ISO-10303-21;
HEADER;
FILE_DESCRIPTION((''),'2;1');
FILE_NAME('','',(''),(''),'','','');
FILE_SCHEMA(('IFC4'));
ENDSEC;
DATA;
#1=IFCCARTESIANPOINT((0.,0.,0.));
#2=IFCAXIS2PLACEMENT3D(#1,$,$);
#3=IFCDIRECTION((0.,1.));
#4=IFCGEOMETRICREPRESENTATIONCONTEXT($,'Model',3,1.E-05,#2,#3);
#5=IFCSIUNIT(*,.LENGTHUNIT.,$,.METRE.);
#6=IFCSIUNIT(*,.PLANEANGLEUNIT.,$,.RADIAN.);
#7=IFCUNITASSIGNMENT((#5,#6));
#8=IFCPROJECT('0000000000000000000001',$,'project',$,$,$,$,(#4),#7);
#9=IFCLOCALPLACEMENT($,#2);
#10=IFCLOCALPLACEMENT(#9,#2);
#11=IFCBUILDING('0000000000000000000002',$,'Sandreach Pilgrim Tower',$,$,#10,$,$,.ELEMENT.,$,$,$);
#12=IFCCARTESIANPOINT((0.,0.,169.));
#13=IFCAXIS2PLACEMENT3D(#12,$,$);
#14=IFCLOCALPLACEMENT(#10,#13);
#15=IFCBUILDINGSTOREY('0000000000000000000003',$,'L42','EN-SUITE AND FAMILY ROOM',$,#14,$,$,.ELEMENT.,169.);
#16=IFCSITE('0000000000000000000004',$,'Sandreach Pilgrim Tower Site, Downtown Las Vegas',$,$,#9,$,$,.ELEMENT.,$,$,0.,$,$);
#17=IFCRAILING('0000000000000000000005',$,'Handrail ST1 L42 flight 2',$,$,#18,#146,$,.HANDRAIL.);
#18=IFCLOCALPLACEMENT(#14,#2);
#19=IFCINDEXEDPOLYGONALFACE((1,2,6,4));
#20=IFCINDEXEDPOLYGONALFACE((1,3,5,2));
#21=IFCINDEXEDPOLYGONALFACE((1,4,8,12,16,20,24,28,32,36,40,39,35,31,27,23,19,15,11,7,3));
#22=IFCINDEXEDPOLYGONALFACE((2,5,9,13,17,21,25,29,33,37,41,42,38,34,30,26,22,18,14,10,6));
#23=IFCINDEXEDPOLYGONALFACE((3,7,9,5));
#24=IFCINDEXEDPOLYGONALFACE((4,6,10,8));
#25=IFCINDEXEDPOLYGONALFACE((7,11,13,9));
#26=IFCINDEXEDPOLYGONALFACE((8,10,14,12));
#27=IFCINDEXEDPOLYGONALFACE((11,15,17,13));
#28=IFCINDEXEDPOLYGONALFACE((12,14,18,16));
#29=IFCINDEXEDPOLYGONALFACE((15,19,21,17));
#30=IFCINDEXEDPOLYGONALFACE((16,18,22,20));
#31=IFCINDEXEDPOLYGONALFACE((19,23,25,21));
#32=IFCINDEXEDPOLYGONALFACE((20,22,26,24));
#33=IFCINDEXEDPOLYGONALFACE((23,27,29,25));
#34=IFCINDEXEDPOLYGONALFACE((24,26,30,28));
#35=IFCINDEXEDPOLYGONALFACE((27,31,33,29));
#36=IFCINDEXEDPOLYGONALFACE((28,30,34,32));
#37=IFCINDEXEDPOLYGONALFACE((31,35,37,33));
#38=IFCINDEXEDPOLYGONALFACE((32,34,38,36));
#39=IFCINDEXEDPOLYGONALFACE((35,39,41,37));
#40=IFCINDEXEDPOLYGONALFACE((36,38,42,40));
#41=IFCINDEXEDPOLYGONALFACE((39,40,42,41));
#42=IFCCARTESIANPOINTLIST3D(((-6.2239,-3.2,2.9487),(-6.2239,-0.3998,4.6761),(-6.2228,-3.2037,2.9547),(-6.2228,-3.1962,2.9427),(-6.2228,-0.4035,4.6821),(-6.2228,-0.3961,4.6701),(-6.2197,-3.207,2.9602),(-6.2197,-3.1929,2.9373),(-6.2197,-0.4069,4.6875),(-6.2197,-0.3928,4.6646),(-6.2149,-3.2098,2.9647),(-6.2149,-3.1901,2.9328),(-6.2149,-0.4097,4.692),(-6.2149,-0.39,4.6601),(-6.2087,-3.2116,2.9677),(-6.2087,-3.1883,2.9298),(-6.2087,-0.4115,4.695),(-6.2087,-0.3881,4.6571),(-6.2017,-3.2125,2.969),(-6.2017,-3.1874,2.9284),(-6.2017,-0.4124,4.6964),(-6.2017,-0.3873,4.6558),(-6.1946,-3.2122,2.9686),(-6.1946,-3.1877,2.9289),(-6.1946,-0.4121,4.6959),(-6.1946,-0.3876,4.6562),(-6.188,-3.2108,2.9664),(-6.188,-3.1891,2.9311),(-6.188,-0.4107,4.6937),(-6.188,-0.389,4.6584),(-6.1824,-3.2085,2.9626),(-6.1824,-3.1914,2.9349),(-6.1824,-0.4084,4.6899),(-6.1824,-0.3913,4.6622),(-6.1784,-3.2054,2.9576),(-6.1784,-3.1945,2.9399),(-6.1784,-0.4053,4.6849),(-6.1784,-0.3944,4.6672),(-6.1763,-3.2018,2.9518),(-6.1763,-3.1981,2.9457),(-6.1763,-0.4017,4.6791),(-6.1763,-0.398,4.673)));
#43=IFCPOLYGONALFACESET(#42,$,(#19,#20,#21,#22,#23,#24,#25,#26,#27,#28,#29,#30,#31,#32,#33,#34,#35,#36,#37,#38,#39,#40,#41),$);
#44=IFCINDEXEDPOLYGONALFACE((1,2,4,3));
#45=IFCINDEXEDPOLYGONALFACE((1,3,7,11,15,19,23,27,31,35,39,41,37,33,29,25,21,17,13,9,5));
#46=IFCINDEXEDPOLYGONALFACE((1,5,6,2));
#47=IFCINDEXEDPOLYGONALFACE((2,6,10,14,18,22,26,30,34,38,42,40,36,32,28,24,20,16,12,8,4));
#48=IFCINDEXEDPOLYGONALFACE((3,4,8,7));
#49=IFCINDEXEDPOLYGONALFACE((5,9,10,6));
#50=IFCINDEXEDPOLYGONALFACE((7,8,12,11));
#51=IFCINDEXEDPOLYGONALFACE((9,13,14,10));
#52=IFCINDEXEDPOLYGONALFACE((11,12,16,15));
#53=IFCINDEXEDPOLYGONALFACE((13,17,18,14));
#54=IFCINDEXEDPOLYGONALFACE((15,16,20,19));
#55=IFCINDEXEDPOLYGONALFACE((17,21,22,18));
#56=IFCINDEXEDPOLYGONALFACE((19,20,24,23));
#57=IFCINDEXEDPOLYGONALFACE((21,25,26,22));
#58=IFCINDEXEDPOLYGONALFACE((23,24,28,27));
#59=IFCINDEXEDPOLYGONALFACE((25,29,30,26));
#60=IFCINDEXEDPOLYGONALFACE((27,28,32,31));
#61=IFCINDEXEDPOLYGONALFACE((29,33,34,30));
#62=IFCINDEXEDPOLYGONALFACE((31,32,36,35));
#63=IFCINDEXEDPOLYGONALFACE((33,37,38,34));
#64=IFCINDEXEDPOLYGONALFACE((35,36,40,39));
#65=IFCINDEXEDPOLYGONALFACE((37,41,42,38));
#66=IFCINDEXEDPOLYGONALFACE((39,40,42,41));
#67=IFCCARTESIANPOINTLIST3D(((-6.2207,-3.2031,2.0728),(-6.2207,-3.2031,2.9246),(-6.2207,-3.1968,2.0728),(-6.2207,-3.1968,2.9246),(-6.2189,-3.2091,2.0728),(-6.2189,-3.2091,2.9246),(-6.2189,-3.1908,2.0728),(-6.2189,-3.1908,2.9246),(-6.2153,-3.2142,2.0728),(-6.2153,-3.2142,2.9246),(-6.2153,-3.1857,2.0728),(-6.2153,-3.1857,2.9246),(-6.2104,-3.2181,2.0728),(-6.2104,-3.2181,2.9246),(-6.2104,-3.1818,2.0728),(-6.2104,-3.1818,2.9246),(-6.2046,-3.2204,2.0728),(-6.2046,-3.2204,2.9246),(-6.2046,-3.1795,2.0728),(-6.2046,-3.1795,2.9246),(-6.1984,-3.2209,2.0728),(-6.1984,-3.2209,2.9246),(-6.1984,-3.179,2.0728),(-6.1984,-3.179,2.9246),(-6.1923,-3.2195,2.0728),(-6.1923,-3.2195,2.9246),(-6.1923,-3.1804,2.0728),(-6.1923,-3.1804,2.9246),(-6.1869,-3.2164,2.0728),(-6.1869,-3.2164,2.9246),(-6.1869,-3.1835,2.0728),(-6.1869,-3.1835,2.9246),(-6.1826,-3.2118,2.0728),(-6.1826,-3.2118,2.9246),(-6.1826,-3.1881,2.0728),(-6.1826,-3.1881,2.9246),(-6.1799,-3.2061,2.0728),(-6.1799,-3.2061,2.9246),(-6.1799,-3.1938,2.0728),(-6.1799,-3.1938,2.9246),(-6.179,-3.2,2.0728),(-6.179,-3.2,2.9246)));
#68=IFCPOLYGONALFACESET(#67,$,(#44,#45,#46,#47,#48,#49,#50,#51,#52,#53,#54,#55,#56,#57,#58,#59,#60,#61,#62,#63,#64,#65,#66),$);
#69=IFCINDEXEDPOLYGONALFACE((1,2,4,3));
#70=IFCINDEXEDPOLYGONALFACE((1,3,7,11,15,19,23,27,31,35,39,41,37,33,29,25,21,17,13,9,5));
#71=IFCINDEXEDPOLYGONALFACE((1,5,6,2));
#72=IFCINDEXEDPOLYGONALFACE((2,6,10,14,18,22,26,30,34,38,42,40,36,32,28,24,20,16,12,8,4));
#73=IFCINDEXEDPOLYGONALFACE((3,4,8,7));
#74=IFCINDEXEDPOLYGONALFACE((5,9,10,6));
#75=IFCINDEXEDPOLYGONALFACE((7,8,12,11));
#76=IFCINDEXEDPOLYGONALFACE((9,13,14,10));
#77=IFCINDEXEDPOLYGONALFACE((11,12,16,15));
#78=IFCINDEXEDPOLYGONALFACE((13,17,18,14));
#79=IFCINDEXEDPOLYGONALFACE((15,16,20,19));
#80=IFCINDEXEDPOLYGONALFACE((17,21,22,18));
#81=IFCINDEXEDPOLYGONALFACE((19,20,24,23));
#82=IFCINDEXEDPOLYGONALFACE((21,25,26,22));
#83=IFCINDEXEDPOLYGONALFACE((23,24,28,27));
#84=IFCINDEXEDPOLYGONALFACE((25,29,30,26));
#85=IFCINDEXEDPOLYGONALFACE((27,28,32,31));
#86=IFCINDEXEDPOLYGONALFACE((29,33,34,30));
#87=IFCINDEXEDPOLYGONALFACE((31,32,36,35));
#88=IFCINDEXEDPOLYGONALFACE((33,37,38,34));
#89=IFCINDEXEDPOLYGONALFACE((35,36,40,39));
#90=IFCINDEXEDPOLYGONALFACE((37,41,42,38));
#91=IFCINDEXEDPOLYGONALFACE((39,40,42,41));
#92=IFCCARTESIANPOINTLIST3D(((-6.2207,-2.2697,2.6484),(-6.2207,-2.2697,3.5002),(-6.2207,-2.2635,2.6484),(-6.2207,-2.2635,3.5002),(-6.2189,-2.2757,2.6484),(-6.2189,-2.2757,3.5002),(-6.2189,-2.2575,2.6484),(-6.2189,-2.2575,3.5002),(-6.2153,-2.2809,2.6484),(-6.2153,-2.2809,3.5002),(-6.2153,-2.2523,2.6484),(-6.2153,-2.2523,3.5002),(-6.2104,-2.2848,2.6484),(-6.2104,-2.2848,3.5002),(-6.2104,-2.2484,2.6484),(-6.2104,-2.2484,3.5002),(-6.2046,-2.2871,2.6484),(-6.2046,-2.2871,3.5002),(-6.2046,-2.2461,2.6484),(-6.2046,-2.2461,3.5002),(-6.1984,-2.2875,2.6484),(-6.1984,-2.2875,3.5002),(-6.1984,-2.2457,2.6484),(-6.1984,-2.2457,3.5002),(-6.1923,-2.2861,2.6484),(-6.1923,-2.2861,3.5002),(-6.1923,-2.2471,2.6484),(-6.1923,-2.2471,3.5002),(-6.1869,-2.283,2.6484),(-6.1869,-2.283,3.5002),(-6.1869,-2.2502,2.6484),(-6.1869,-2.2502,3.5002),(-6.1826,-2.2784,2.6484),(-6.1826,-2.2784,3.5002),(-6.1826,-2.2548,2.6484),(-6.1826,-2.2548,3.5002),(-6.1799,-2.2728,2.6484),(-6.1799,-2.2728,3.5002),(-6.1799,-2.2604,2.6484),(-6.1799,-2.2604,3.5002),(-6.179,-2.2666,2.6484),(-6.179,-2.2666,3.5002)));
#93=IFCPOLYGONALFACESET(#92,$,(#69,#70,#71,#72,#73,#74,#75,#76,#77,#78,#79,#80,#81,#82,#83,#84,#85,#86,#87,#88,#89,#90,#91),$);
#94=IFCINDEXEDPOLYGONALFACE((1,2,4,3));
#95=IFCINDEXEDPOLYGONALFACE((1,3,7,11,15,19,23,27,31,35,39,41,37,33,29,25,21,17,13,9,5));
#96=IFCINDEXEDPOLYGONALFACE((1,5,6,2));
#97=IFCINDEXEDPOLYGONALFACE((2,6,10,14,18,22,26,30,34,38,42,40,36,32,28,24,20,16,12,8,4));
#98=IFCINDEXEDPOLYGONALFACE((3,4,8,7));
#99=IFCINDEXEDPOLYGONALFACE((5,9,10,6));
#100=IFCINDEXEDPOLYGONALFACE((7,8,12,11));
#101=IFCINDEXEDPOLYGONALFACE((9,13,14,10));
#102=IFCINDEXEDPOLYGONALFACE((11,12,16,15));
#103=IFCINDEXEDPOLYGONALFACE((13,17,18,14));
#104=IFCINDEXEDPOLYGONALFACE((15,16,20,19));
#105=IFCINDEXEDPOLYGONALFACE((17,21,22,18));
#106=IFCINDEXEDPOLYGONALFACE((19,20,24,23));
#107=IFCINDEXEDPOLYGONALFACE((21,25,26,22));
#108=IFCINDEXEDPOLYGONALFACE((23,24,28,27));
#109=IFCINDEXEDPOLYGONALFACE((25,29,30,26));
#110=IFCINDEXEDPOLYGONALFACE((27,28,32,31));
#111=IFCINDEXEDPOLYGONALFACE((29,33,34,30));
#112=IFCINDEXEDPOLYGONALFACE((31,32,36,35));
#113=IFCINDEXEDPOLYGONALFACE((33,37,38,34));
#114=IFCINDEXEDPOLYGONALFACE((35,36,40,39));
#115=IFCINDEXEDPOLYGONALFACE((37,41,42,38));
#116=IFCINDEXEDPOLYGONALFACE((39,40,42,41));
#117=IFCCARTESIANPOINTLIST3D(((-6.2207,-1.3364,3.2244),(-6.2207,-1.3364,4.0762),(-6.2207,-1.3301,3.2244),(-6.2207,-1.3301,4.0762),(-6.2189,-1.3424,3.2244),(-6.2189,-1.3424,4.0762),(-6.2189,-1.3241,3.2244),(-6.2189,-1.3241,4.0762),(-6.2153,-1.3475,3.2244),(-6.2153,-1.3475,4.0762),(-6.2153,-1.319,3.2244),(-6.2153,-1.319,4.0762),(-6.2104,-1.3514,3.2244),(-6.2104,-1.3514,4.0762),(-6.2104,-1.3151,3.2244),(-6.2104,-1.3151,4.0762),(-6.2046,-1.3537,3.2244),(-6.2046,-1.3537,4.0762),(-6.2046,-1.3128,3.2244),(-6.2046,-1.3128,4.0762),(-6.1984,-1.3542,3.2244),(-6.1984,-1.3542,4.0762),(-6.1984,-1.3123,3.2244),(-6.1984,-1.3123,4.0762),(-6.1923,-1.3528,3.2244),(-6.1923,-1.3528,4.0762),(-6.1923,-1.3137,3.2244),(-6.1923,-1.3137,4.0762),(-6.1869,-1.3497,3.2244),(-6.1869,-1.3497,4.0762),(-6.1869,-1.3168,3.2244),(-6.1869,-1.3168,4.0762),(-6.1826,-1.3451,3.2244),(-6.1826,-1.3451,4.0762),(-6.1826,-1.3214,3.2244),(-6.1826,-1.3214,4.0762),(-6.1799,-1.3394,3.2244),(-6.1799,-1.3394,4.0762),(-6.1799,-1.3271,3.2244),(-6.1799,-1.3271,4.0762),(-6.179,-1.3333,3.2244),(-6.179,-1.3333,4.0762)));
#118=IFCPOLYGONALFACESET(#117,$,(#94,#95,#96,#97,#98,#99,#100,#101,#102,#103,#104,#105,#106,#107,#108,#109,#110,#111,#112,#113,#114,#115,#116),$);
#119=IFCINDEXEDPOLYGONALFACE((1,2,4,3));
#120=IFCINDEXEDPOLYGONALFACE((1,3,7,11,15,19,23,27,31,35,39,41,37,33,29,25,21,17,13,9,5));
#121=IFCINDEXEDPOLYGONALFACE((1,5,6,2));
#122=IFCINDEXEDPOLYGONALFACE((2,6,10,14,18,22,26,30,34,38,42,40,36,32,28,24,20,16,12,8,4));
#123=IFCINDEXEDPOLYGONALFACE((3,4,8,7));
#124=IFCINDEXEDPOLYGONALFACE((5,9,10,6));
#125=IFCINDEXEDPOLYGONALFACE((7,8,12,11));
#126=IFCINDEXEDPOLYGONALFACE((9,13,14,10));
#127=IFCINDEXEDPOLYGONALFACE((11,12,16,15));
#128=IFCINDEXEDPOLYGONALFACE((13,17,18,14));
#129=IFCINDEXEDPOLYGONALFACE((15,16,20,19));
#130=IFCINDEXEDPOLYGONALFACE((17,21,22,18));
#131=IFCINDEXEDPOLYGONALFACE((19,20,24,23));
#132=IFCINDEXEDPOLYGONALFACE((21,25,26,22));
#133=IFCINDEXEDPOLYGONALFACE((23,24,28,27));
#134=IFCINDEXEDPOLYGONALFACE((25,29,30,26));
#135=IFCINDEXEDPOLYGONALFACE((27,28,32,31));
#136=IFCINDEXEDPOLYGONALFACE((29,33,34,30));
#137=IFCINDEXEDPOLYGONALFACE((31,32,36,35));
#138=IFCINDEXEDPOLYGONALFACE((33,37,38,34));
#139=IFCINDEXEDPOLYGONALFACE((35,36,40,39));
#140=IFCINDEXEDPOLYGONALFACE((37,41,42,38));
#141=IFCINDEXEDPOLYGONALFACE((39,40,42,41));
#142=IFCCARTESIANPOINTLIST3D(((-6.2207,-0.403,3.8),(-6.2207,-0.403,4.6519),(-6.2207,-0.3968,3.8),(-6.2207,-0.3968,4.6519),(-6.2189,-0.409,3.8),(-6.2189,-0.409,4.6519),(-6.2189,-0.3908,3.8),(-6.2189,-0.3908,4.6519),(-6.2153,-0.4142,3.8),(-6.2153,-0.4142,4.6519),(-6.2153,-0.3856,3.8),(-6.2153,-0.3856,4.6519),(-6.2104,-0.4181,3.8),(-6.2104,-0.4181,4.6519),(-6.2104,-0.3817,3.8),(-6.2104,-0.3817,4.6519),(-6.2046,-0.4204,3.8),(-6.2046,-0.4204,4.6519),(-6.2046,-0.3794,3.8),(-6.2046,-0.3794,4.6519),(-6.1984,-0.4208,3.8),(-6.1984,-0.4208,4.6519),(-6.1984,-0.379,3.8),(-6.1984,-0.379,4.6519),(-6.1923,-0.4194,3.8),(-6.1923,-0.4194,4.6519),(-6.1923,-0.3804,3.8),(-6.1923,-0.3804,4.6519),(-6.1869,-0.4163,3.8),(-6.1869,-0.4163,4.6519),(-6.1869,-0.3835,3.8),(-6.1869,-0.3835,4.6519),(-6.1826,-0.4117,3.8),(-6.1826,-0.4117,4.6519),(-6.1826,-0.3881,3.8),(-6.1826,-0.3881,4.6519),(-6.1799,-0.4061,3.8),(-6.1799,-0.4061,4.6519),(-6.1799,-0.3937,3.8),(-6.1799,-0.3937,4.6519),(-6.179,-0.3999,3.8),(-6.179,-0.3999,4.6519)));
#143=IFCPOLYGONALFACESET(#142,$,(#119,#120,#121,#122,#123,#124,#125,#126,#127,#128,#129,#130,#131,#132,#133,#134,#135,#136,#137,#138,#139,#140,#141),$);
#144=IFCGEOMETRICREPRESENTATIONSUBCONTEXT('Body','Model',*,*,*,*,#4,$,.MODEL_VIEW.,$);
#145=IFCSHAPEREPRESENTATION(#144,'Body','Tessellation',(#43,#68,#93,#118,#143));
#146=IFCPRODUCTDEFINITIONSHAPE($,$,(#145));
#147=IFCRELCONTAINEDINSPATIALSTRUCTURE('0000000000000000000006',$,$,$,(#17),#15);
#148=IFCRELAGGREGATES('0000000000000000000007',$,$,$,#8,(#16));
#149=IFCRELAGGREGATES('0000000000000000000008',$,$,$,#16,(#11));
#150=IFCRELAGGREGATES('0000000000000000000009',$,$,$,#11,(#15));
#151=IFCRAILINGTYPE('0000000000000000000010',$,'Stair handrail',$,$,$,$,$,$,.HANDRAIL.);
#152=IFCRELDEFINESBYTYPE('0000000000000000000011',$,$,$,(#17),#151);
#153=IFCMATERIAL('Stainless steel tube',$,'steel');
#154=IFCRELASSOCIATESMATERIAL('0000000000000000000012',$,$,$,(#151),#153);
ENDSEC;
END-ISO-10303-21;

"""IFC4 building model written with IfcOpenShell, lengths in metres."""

from ifc_helpers import new_model, si_unit, direction, frame, origin, origin_2d, place, context, subcontext, project, spatial, circle, extrude, material, type_object, element, save


model = new_model("IFC4")

# Units and contexts
model_context = context("Model", 3, precision=1e-05, world=origin(), true_north=direction((0.0, 1.0)))
body_context = subcontext(model_context, "Body", "Model", "MODEL_VIEW")
ifc_project = project(units=[si_unit("LENGTHUNIT", "METRE"), si_unit("PLANEANGLEUNIT", "RADIAN")], contexts=[model_context])

# Site, building, storey
site_placement = place(None, origin())
site = spatial("IfcSite", under=ifc_project, at=site_placement, Name="Sandreach Pilgrim Tower Site, Downtown Las Vegas", CompositionType="ELEMENT", RefElevation=0.0)
building_placement = place(site_placement, origin())
building = spatial("IfcBuilding", under=site, at=building_placement, Name="Sandreach Pilgrim Tower", CompositionType="ELEMENT")
storey_placement = place(building_placement, frame((0.0, 0.0, 169.0)))
storey = spatial("IfcBuildingStorey", under=building, at=storey_placement, Name="L42", Description="EN-SUITE AND FAMILY ROOM", CompositionType="ELEMENT", Elevation=169.0)

# Railing
ifc_material_1 = material(Name="Stainless steel tube", Category="steel")
railing_type = type_object("IfcRailingType", Name="Stair handrail", PredefinedType="HANDRAIL", material=ifc_material_1)
for number, where, name in (
    (1, (-6.2, -3.2, 2.0728), "Handrail ST1 L42 flight 2"),
):
    element("IfcRailing", number, at=place(storey_placement, frame(where)), inside=storey, type_object=railing_type, Name=name, PredefinedType="HANDRAIL", context=body_context, shape_type="SweptSolid", body=[
        extrude(circle(Radius=0.0239, at=origin_2d()), frame((0.0, 0.0, 0.876), z_axis=(0.0, 0.85109, 0.52502), x_axis=(-1.0, 0.0, 0.0)), (0.0, 0.0, 1.0), 3.29),
        extrude(circle(Radius=0.021, at=origin_2d()), origin(), (0.0, 0.0, 1.0), 0.8518),
        extrude(circle(Radius=0.021, at=origin_2d()), frame((0.0, 0.9333, 0.5757)), (0.0, 0.0, 1.0), 0.8518),
        extrude(circle(Radius=0.021, at=origin_2d()), frame((0.0, 1.8667, 1.1516)), (0.0, 0.0, 1.0), 0.8518),
        extrude(circle(Radius=0.021, at=origin_2d()), frame((0.0, 2.8, 1.7273)), (0.0, 0.0, 1.0), 0.8518),
    ])

save(model, "model.ifc")
